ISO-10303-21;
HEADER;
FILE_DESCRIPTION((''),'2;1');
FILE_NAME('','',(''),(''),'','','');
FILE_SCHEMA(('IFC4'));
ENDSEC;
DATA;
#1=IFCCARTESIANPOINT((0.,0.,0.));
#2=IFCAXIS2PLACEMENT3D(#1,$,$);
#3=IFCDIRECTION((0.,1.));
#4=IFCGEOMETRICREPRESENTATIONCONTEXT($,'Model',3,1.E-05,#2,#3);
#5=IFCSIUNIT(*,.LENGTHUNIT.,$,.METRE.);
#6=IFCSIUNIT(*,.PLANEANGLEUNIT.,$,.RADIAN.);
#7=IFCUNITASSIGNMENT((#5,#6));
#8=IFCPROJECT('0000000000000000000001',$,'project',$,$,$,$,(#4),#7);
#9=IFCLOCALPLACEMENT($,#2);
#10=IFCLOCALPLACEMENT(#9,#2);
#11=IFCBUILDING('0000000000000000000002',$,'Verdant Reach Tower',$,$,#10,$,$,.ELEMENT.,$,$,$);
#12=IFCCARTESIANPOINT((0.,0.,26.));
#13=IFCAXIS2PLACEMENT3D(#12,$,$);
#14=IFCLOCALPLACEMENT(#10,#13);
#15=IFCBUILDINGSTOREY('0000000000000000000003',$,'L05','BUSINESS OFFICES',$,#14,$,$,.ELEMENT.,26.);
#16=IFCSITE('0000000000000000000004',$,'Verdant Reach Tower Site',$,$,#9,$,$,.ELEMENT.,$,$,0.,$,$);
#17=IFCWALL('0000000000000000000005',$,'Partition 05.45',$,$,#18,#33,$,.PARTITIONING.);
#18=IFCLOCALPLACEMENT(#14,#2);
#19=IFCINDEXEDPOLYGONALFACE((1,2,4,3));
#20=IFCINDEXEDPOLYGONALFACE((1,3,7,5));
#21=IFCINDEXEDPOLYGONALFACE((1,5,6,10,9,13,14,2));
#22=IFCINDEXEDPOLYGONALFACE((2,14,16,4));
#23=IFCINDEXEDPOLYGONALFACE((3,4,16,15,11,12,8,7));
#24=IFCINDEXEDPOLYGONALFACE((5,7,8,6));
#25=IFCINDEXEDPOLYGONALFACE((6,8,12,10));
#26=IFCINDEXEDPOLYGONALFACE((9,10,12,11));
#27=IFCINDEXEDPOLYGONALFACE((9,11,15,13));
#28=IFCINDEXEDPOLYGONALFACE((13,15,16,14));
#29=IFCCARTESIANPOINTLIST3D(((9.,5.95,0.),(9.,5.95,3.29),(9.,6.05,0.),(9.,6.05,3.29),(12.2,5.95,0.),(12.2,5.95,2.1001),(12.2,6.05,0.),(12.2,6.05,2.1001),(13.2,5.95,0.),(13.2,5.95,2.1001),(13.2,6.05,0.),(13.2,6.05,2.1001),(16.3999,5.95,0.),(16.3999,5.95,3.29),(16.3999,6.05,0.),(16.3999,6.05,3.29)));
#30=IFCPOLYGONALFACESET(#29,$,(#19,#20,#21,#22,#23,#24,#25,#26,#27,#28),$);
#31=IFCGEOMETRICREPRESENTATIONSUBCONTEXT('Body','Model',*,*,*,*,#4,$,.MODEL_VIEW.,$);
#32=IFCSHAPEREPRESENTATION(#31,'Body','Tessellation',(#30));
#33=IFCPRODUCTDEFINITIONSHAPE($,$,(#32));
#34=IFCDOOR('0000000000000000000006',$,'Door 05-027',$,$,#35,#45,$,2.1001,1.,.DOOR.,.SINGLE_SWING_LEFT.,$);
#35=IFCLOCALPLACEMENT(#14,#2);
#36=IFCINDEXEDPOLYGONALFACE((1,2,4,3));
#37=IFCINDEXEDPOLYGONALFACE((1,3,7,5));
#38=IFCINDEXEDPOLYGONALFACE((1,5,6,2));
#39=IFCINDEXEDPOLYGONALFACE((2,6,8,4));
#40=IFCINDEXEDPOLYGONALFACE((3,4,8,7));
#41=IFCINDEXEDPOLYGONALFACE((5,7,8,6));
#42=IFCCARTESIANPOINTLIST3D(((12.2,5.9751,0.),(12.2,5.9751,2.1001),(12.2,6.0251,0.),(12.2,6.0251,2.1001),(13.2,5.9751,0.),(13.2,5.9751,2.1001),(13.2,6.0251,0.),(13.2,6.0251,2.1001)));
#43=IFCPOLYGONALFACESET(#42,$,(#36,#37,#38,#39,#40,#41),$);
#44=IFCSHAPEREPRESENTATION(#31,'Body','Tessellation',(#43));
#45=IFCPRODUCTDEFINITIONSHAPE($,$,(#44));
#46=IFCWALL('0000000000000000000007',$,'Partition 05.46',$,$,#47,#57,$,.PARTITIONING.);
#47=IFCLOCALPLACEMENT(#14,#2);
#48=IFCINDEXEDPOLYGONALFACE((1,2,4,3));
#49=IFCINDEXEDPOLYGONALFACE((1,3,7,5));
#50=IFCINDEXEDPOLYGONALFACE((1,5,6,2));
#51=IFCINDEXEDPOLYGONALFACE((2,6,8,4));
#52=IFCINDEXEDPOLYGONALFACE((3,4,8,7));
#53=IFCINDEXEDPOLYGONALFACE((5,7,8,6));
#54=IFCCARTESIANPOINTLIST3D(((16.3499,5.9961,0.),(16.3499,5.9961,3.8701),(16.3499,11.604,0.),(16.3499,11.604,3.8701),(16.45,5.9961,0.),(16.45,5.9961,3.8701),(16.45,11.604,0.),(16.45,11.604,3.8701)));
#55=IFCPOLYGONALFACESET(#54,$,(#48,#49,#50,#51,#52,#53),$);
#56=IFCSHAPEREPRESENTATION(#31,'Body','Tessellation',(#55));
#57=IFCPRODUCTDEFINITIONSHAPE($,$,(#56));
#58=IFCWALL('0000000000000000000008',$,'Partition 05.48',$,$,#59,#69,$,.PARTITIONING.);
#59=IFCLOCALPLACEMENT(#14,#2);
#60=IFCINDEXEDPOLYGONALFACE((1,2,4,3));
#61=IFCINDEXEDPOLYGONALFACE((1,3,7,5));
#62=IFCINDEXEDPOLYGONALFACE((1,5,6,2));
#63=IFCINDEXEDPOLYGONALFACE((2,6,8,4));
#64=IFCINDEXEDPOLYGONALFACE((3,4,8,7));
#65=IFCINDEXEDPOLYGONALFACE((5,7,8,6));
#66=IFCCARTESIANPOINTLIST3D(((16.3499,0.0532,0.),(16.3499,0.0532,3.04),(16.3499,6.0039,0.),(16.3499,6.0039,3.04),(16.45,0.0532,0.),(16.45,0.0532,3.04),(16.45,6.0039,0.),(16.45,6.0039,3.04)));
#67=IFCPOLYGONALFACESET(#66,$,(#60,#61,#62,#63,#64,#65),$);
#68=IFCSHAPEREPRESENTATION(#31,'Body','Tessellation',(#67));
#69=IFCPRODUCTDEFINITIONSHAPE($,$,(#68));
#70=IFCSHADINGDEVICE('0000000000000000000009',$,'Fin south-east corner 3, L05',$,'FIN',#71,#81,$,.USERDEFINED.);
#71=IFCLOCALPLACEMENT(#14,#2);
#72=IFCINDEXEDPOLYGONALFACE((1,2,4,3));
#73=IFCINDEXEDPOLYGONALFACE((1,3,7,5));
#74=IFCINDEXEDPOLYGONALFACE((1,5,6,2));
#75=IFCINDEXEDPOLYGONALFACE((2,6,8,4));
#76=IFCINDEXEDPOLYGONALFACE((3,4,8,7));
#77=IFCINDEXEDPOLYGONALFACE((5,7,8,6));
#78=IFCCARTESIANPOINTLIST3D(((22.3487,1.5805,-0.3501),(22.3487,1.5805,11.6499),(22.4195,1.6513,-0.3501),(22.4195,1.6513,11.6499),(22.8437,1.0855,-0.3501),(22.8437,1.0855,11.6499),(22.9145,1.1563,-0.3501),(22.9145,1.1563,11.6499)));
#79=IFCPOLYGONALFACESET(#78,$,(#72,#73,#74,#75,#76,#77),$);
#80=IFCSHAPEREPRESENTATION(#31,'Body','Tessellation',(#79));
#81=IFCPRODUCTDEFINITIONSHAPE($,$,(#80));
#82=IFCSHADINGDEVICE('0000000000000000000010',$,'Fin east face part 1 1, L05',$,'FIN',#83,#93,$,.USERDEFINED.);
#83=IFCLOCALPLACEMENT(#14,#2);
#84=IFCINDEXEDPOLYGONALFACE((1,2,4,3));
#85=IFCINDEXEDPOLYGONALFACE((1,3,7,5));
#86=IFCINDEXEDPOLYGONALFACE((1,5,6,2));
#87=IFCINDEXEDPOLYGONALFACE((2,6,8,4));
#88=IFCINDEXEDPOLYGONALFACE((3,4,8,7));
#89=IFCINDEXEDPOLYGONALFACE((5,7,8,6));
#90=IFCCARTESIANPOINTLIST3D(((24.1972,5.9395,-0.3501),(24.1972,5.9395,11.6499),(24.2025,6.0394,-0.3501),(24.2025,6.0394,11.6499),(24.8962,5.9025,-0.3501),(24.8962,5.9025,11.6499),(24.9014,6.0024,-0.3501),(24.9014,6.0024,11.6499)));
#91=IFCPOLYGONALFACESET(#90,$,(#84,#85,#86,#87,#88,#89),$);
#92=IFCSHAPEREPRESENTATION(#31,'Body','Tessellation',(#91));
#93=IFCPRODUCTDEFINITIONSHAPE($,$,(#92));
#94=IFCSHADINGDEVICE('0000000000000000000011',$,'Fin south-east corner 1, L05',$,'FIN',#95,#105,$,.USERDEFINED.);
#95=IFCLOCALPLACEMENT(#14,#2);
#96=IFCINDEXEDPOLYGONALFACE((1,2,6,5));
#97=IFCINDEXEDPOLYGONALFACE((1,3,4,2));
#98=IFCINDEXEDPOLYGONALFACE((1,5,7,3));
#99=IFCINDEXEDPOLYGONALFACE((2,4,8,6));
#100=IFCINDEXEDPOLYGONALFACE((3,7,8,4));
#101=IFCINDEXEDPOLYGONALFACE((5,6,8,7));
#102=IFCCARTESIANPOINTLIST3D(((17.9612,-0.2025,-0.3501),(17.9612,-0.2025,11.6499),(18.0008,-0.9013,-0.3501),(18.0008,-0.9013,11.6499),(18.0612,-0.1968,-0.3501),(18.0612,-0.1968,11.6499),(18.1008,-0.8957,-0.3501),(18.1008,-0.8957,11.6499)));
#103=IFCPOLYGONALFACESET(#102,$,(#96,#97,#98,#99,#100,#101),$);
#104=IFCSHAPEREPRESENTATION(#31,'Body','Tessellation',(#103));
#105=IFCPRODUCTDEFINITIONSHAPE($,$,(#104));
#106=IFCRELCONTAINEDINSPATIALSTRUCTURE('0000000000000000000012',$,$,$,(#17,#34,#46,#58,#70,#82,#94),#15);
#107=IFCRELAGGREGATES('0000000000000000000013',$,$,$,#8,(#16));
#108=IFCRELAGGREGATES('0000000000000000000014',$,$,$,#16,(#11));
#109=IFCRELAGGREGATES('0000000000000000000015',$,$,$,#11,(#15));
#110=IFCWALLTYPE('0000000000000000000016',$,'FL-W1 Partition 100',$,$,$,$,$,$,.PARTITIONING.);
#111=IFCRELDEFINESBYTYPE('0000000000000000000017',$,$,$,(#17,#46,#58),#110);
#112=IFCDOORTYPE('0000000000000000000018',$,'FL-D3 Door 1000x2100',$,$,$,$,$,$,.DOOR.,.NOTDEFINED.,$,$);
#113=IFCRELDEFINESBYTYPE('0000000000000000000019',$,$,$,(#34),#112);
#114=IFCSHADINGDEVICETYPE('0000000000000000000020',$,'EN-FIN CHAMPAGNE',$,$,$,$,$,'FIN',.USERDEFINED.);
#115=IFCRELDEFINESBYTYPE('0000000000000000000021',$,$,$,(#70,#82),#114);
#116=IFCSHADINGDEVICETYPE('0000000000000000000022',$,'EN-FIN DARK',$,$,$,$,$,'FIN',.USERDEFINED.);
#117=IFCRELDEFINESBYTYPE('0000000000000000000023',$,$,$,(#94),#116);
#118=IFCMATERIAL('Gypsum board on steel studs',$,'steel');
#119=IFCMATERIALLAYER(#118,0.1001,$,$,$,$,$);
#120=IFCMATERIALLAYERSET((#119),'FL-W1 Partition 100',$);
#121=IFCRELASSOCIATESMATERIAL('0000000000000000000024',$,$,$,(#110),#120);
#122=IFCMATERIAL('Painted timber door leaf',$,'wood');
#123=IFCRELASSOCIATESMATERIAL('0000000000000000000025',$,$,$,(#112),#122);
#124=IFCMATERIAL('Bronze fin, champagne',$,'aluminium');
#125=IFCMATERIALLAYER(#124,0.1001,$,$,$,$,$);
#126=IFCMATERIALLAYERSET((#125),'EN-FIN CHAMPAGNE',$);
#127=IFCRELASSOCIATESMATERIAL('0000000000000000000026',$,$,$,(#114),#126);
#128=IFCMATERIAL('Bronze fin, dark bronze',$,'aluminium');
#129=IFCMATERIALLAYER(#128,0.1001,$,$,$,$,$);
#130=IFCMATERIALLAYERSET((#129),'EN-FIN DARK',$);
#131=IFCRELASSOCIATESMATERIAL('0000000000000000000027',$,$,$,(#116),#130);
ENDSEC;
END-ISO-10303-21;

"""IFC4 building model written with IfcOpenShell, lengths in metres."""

from ifc_helpers import new_model, si_unit, direction, frame, frame_2d, origin, origin_2d, place, context, subcontext, project, spatial, rectangle, extrude, material, layer, layer_set, type_object, element, fill, save


model = new_model("IFC4")

# Units and contexts
model_context = context("Model", 3, precision=1e-05, world=origin(), true_north=direction((0.0, 1.0)))
body_context = subcontext(model_context, "Body", "Model", "MODEL_VIEW")
ifc_project = project(units=[si_unit("LENGTHUNIT", "METRE"), si_unit("PLANEANGLEUNIT", "RADIAN")], contexts=[model_context])

# Site, building, storey
site_placement = place(None, origin())
site = spatial("IfcSite", under=ifc_project, at=site_placement, Name="Verdant Reach Tower Site", CompositionType="ELEMENT", RefElevation=0.0)
building_placement = place(site_placement, origin())
building = spatial("IfcBuilding", under=site, at=building_placement, Name="Verdant Reach Tower", CompositionType="ELEMENT")
storey_placement = place(building_placement, frame((0.0, 0.0, 26.0)))
storey = spatial("IfcBuildingStorey", under=building, at=storey_placement, Name="L05", Description="BUSINESS OFFICES", CompositionType="ELEMENT", Elevation=26.0)

# Wall, opening, door
ifc_material_1 = material(Name="Gypsum board on steel studs", Category="steel")
ifc_layer_1 = layer(ifc_material_1, 0.1001)
ifc_layer_set_1 = layer_set([ifc_layer_1], Name="FL-W1 Partition 100")
wall_type = type_object("IfcWallType", Name="FL-W1 Partition 100", PredefinedType="PARTITIONING", material=ifc_layer_set_1)
wall_1_placement = place(storey_placement, frame((16.3999, 6.0, 0.0), z_axis=(0.0, 0.0, 1.0), x_axis=(-1.0, 0.0, 0.0)))
wall_1 = element("IfcWall", 1, at=wall_1_placement, inside=storey, type_object=wall_type, Name="Partition 05.45", PredefinedType="PARTITIONING", context=body_context, shape_type="SweptSolid", body=[
    extrude(rectangle(XDim=7.3999, YDim=0.1001, at=frame_2d((3.7, 0.0))), origin(), (0.0, 0.0, 1.0), 3.29),
])
opening_placement = place(wall_1_placement, frame((3.2, 0.0, 0.0)))
opening = element("IfcOpeningElement", 2, at=opening_placement, cuts=wall_1, PredefinedType="OPENING", context=body_context, shape_type="SweptSolid", body=[
    extrude(rectangle(XDim=1.0, YDim=2.1001, at=frame_2d((0.5, 1.05))), frame((0.0, 0.0601, 0.0), z_axis=(0.0, -1.0, 0.0), x_axis=(1.0, 0.0, 0.0)), (0.0, 0.0, 1.0), 0.1201),
])
ifc_material_2 = material(Name="Painted timber door leaf", Category="wood")
door_type = type_object("IfcDoorType", Name="FL-D3 Door 1000x2100", OperationType="NOTDEFINED", PredefinedType="DOOR", material=ifc_material_2)
door_placement = place(opening_placement, origin())
door = element("IfcDoor", 3, at=door_placement, inside=storey, type_object=door_type, Name="Door 05-027", OperationType="SINGLE_SWING_LEFT", OverallHeight=2.1001, OverallWidth=1.0, PredefinedType="DOOR", context=body_context, shape_type="SweptSolid", body=[
    extrude(rectangle(XDim=1.0, YDim=2.1001, at=frame_2d((0.5, 1.05))), frame((0.0, 0.0249, 0.0), z_axis=(0.0, -1.0, 0.0), x_axis=(1.0, 0.0, 0.0)), (0.0, 0.0, 1.0), 0.05),
])
fill(opening, door)

# Walls
wall_2_placement = place(storey_placement, frame((16.3999, 5.9961, 0.0), z_axis=(0.0, 0.0, 1.0), x_axis=(0.0, 1.0, 0.0)))
element("IfcWall", 4, at=wall_2_placement, inside=storey, type_object=wall_type, Name="Partition 05.46", PredefinedType="PARTITIONING", context=body_context, shape_type="SweptSolid", body=[
    extrude(rectangle(XDim=5.6079, YDim=0.1001, at=frame_2d((2.804, 0.0))), origin(), (0.0, 0.0, 1.0), 3.8701),
])
wall_3_placement = place(storey_placement, frame((16.3999, 0.0532, 0.0), z_axis=(0.0, 0.0, 1.0), x_axis=(0.0, 1.0, 0.0)))
element("IfcWall", 5, at=wall_3_placement, inside=storey, type_object=wall_type, Name="Partition 05.48", PredefinedType="PARTITIONING", context=body_context, shape_type="SweptSolid", body=[
    extrude(rectangle(XDim=5.9507, YDim=0.1001, at=frame_2d((2.9753, 0.0))), origin(), (0.0, 0.0, 1.0), 3.04),
])

# Shading devices
ifc_material_3 = material(Name="Bronze fin, champagne", Category="aluminium")
ifc_layer_2 = layer(ifc_material_3, 0.1001)
ifc_layer_set_2 = layer_set([ifc_layer_2], Name="EN-FIN CHAMPAGNE")
shading_device_type_1 = type_object("IfcShadingDeviceType", Name="EN-FIN CHAMPAGNE", ElementType="FIN", PredefinedType="USERDEFINED", material=ifc_layer_set_2)
for number, where, z_axis, x_axis, name in (
    (6, (22.6316, 1.3684, -0.3501), (0.0, 0.0, 1.0), (0.707107, 0.707107, 0.0), "Fin south-east corner 3, L05"),
    (7, (24.5493, 5.9709, -0.3501), (0.0, 0.0, 1.0), (0.052815, 0.998604, 0.0), "Fin east face part 1 1, L05"),
):
    element("IfcShadingDevice", number, at=place(storey_placement, frame(where, z_axis=z_axis, x_axis=x_axis)), inside=storey, type_object=shading_device_type_1, Name=name, ObjectType="FIN", PredefinedType="USERDEFINED", context=body_context, shape_type="SweptSolid", body=[
        extrude(rectangle(XDim=0.1001, YDim=0.7, at=origin_2d()), origin(), (0.0, 0.0, 1.0), 12.0),
    ])
ifc_material_4 = material(Name="Bronze fin, dark bronze", Category="aluminium")
ifc_layer_3 = layer(ifc_material_4, 0.1001)
ifc_layer_set_3 = layer_set([ifc_layer_3], Name="EN-FIN DARK")
shading_device_type_2 = type_object("IfcShadingDeviceType", Name="EN-FIN DARK", ElementType="FIN", PredefinedType="USERDEFINED", material=ifc_layer_set_3)
shading_device_placement = place(storey_placement, frame((18.031, -0.5491, -0.3501), z_axis=(0.0, 0.0, 1.0), x_axis=(0.998399, 0.056569, 0.0)))
element("IfcShadingDevice", 8, at=shading_device_placement, inside=storey, type_object=shading_device_type_2, Name="Fin south-east corner 1, L05", ObjectType="FIN", PredefinedType="USERDEFINED", context=body_context, shape_type="SweptSolid", body=[
    extrude(rectangle(XDim=0.1001, YDim=0.7, at=origin_2d()), origin(), (0.0, 0.0, 1.0), 12.0),
])

save(model, "model.ifc")
